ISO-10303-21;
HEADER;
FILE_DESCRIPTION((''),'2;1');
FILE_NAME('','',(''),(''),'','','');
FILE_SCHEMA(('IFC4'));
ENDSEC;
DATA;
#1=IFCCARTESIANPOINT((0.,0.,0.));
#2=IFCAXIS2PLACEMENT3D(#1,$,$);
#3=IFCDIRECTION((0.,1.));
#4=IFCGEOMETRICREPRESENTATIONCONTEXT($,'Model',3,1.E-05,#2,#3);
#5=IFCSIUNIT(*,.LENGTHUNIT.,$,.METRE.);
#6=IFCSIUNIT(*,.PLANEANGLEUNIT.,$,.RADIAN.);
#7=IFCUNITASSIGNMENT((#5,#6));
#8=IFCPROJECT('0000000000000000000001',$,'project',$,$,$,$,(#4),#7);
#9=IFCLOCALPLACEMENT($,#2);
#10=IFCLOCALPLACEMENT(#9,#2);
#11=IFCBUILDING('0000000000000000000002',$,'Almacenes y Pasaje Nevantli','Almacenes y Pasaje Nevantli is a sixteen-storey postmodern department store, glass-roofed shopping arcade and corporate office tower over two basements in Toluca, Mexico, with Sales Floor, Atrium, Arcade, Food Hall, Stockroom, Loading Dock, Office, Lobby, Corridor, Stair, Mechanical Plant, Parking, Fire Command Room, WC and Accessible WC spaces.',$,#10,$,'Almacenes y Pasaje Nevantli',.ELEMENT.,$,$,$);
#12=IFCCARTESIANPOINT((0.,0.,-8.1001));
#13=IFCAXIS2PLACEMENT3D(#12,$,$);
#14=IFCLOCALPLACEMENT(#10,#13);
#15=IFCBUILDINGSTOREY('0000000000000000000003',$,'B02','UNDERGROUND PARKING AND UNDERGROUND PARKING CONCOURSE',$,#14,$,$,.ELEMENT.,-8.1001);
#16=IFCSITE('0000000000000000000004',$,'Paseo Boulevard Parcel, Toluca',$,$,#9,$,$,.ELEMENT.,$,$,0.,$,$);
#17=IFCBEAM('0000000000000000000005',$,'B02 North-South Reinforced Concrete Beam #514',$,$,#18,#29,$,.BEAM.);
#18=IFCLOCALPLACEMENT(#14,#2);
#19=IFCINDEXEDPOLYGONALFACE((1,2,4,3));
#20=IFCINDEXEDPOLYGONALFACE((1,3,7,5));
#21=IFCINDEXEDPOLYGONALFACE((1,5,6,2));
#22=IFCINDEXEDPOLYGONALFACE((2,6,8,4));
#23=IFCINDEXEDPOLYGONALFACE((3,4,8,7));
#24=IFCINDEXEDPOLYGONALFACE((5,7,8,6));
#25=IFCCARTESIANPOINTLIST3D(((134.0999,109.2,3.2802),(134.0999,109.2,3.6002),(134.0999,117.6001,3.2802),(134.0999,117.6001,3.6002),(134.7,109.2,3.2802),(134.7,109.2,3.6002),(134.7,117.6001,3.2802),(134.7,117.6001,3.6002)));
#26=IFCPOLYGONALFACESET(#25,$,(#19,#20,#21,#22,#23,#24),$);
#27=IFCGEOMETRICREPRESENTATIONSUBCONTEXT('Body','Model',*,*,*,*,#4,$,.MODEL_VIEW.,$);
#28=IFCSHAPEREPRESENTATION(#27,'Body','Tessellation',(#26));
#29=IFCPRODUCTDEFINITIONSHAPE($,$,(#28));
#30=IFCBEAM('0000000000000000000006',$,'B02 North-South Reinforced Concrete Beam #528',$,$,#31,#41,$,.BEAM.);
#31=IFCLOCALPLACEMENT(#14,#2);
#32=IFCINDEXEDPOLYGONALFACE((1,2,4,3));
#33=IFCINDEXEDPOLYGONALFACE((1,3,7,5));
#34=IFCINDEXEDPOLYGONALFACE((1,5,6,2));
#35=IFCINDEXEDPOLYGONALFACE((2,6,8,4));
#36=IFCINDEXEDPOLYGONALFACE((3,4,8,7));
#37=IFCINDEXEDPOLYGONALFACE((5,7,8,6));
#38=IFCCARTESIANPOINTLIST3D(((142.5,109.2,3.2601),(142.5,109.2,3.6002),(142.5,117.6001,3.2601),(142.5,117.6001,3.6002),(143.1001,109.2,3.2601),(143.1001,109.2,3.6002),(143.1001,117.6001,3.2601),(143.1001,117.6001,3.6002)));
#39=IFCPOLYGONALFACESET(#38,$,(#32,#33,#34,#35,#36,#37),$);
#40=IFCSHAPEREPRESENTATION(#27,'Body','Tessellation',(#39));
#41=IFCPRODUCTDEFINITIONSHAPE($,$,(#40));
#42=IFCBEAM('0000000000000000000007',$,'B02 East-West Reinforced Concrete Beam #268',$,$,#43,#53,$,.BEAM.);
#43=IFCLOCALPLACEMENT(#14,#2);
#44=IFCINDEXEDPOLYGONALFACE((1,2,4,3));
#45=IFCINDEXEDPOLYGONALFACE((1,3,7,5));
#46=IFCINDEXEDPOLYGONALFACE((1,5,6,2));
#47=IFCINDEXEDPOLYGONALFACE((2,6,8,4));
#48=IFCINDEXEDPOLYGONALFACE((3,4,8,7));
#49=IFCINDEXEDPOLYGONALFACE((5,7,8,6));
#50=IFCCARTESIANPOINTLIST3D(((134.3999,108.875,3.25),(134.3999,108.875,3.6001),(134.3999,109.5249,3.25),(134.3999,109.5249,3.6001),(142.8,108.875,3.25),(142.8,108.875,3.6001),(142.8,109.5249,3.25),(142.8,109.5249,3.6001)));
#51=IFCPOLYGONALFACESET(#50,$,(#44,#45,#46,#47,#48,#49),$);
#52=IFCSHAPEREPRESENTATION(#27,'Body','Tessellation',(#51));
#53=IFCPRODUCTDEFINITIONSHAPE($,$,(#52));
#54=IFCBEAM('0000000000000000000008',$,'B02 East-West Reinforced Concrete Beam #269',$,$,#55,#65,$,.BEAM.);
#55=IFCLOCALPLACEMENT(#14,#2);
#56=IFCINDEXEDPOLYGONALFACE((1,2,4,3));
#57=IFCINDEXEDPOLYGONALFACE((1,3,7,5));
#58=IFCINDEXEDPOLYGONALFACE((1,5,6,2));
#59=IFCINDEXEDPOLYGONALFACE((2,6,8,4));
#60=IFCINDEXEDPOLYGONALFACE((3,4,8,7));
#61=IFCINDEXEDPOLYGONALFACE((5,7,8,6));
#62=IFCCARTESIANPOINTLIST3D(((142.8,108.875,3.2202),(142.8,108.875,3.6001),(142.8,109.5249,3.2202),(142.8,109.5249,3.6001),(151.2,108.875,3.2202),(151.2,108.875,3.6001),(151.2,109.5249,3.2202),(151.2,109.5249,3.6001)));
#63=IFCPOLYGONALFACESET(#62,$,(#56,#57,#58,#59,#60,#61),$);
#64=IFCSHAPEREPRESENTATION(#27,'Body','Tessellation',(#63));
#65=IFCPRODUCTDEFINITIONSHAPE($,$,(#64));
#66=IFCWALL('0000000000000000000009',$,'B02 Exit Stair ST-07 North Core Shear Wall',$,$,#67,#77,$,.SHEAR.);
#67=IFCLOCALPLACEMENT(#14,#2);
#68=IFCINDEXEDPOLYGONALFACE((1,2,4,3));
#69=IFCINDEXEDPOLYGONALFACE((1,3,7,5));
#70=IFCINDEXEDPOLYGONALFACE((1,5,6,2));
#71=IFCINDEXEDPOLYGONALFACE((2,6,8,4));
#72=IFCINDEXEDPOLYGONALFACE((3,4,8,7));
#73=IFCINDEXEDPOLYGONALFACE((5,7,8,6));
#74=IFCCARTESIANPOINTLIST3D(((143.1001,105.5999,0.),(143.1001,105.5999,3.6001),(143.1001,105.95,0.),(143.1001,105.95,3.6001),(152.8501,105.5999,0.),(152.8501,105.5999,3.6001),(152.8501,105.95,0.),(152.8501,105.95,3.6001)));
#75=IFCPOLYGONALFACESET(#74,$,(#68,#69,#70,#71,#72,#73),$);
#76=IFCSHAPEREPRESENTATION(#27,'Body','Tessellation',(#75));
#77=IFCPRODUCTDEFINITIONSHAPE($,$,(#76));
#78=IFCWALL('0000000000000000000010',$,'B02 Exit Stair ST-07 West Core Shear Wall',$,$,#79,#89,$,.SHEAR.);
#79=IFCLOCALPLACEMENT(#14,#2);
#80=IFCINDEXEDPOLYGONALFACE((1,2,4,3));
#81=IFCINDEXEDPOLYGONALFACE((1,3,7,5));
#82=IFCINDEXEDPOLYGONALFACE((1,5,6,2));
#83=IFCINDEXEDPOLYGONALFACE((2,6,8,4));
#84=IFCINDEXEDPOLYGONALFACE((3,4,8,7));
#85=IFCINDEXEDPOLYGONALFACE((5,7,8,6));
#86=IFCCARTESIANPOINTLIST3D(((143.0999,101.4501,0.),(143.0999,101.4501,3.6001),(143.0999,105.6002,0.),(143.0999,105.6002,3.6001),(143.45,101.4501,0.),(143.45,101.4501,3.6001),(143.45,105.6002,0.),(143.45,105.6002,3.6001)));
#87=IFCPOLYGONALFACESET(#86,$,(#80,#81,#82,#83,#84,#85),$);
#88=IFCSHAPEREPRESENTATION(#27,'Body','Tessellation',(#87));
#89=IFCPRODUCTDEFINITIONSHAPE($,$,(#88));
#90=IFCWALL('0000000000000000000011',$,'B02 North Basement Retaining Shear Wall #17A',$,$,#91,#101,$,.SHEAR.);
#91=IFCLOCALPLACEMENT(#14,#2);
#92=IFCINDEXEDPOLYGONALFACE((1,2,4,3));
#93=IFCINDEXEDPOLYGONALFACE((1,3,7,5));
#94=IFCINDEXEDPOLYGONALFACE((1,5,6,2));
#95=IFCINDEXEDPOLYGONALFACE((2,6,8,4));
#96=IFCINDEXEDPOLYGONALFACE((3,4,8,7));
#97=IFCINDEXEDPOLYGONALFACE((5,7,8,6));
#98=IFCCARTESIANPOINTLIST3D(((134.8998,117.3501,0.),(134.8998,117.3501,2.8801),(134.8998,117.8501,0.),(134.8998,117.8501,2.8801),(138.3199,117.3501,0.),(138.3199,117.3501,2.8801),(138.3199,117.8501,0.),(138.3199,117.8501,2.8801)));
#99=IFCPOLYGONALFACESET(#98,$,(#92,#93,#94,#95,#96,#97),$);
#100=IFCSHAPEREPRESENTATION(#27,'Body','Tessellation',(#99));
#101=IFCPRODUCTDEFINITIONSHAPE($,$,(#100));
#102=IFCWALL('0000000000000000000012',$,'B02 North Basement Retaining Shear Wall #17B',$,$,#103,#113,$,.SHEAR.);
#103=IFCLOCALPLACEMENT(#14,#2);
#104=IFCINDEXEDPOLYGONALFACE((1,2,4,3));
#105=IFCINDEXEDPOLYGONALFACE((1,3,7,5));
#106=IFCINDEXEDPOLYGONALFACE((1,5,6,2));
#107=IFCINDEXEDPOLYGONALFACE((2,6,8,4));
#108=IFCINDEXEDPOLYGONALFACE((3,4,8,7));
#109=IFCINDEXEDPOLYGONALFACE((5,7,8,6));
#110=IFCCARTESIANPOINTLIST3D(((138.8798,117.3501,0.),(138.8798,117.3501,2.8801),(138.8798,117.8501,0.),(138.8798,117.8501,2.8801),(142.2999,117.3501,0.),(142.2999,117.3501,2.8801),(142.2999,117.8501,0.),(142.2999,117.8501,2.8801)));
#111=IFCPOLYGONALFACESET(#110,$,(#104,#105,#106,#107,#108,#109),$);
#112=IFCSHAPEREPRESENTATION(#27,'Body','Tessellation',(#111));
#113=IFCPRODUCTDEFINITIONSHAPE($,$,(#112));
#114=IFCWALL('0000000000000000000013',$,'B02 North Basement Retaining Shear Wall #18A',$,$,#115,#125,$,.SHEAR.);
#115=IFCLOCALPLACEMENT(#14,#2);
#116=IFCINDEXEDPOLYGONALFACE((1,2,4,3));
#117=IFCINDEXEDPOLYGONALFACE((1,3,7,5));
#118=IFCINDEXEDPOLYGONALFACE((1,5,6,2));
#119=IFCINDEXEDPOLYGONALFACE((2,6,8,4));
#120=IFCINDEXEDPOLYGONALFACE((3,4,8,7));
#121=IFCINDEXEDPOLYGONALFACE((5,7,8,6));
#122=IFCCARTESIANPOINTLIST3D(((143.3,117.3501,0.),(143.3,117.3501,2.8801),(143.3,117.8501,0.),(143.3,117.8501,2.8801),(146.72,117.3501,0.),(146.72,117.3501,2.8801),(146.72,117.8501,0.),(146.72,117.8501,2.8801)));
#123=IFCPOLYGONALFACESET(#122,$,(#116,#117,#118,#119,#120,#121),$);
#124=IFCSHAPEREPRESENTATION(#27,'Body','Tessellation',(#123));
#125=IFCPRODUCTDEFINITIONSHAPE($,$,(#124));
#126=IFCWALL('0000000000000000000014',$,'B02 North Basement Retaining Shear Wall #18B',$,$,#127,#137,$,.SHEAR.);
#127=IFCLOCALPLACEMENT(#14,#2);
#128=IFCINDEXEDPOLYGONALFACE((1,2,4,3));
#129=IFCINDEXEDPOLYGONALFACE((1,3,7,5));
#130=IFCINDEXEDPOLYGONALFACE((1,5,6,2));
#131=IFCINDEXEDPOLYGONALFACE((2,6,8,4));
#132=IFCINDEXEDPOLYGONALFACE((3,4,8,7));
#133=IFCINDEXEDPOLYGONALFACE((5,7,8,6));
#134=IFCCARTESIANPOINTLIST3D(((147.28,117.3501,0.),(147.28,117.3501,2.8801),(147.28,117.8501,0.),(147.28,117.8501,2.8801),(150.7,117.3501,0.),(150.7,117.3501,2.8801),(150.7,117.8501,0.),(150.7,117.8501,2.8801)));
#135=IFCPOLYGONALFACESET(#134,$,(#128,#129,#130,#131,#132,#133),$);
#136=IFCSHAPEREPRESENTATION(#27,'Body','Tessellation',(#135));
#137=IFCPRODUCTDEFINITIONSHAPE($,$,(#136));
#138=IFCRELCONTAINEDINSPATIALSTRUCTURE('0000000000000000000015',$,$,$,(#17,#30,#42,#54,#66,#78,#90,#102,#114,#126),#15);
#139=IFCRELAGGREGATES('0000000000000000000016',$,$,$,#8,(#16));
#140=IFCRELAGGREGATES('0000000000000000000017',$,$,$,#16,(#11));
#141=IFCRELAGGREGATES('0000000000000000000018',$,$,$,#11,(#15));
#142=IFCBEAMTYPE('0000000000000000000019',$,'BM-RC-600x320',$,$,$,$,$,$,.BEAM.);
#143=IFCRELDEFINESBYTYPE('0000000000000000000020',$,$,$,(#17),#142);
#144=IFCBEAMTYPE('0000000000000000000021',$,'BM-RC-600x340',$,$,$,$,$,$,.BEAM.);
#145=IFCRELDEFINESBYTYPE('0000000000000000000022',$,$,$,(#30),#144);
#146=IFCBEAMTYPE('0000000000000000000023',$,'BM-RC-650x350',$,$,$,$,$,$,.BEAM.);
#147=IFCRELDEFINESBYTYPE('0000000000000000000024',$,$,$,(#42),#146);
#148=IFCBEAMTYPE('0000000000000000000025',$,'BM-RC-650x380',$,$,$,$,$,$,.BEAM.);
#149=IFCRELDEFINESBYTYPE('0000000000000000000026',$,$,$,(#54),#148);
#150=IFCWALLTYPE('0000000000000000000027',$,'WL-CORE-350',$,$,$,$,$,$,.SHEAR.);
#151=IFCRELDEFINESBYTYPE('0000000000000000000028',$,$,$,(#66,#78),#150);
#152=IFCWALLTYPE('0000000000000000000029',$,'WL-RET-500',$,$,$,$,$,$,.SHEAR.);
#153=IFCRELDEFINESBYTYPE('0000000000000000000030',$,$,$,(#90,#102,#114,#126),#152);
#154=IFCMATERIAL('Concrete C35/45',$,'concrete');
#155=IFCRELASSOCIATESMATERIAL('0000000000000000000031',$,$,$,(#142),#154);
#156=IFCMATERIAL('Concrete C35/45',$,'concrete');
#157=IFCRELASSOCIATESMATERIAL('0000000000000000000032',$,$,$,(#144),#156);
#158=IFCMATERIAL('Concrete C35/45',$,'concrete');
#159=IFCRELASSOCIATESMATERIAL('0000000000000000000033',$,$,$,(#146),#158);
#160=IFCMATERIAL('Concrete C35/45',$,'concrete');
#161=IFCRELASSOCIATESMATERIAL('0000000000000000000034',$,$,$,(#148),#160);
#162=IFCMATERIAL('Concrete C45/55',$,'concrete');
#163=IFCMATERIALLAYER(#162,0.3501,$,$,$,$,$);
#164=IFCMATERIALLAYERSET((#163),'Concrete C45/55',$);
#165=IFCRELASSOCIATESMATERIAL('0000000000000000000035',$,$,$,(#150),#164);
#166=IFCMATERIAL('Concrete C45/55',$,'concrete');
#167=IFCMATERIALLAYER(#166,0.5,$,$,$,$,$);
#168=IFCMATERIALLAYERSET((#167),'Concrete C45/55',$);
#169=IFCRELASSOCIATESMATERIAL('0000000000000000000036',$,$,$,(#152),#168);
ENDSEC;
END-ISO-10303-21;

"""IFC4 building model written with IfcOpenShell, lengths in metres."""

from ifc_helpers import new_model, si_unit, direction, frame, frame_2d, origin, origin_2d, place, context, subcontext, project, spatial, rectangle, extrude, material, layer, layer_set, material_profile, profile_set, type_object, element, save


model = new_model("IFC4")

# Units and contexts
model_context = context("Model", 3, precision=1e-05, world=origin(), true_north=direction((0.0, 1.0)))
body_context = subcontext(model_context, "Body", "Model", "MODEL_VIEW")
ifc_project = project(units=[si_unit("LENGTHUNIT", "METRE"), si_unit("PLANEANGLEUNIT", "RADIAN")], contexts=[model_context])

# Site, building, storey
site_placement = place(None, origin())
site = spatial("IfcSite", under=ifc_project, at=site_placement, Name="Paseo Boulevard Parcel, Toluca", CompositionType="ELEMENT", RefElevation=0.0)
building_placement = place(site_placement, origin())
building = spatial("IfcBuilding", under=site, at=building_placement, Name="Almacenes y Pasaje Nevantli", Description="Almacenes y Pasaje Nevantli is a sixteen-storey postmodern department store, glass-roofed shopping arcade and corporate office tower over two basements in Toluca, Mexico, with Sales Floor, Atrium, Arcade, Food Hall, Stockroom, Loading Dock, Office, Lobby, Corridor, Stair, Mechanical Plant, Parking, Fire Command Room, WC and Accessible WC spaces.", LongName="Almacenes y Pasaje Nevantli", CompositionType="ELEMENT")
storey_placement = place(building_placement, frame((0.0, 0.0, -8.1001)))
storey = spatial("IfcBuildingStorey", under=building, at=storey_placement, Name="B02", Description="UNDERGROUND PARKING AND UNDERGROUND PARKING CONCOURSE", CompositionType="ELEMENT", Elevation=-8.1001)

# Beams
ifc_material_1 = material(Name="Concrete C35/45", Category="concrete")
ifc_material_profile_1 = material_profile(ifc_material_1, rectangle(XDim=0.6001, YDim=0.3201, at=origin_2d()), Name="RC-BM-600x320")
ifc_profile_set_1 = profile_set([ifc_material_profile_1], Name="Concrete C35/45")
beam_type_1 = type_object("IfcBeamType", Name="BM-RC-600x320", PredefinedType="BEAM", material=ifc_profile_set_1)
beam_1_placement = place(storey_placement, frame((134.3999, 109.2, 3.4402), z_axis=(0.0, 1.0, 0.0), x_axis=(-1.0, 0.0, 0.0)))
element("IfcBeam", 1, at=beam_1_placement, inside=storey, type_object=beam_type_1, Name="B02 North-South Reinforced Concrete Beam #514", PredefinedType="BEAM", context=body_context, shape_type="SweptSolid", body=[
    extrude(rectangle(XDim=0.6001, YDim=0.3201, at=origin_2d()), origin(), (0.0, 0.0, 1.0), 8.4001),
])
ifc_material_2 = material(Name="Concrete C35/45", Category="concrete")
ifc_material_profile_2 = material_profile(ifc_material_2, rectangle(XDim=0.6001, YDim=0.3401, at=origin_2d()), Name="RC-BM-600x340")
ifc_profile_set_2 = profile_set([ifc_material_profile_2], Name="Concrete C35/45")
beam_type_2 = type_object("IfcBeamType", Name="BM-RC-600x340", PredefinedType="BEAM", material=ifc_profile_set_2)
beam_2_placement = place(storey_placement, frame((142.8, 109.2, 3.4302), z_axis=(0.0, 1.0, 0.0), x_axis=(-1.0, 0.0, 0.0)))
element("IfcBeam", 2, at=beam_2_placement, inside=storey, type_object=beam_type_2, Name="B02 North-South Reinforced Concrete Beam #528", PredefinedType="BEAM", context=body_context, shape_type="SweptSolid", body=[
    extrude(rectangle(XDim=0.6001, YDim=0.3401, at=origin_2d()), origin(), (0.0, 0.0, 1.0), 8.4001),
])
ifc_material_3 = material(Name="Concrete C35/45", Category="concrete")
ifc_material_profile_3 = material_profile(ifc_material_3, rectangle(XDim=0.6499, YDim=0.3501, at=origin_2d()), Name="RC-BM-650x350")
ifc_profile_set_3 = profile_set([ifc_material_profile_3], Name="Concrete C35/45")
beam_type_3 = type_object("IfcBeamType", Name="BM-RC-650x350", PredefinedType="BEAM", material=ifc_profile_set_3)
beam_3_placement = place(storey_placement, frame((134.3999, 109.2, 3.425), z_axis=(1.0, 0.0, 0.0), x_axis=(0.0, 1.0, 0.0)))
element("IfcBeam", 3, at=beam_3_placement, inside=storey, type_object=beam_type_3, Name="B02 East-West Reinforced Concrete Beam #268", PredefinedType="BEAM", context=body_context, shape_type="SweptSolid", body=[
    extrude(rectangle(XDim=0.6499, YDim=0.3501, at=origin_2d()), origin(), (0.0, 0.0, 1.0), 8.4001),
])
ifc_material_4 = material(Name="Concrete C35/45", Category="concrete")
ifc_material_profile_4 = material_profile(ifc_material_4, rectangle(XDim=0.6499, YDim=0.3799, at=origin_2d()), Name="RC-BM-650x380")
ifc_profile_set_4 = profile_set([ifc_material_profile_4], Name="Concrete C35/45")
beam_type_4 = type_object("IfcBeamType", Name="BM-RC-650x380", PredefinedType="BEAM", material=ifc_profile_set_4)
beam_4_placement = place(storey_placement, frame((142.8, 109.2, 3.4102), z_axis=(1.0, 0.0, 0.0), x_axis=(0.0, 1.0, 0.0)))
element("IfcBeam", 4, at=beam_4_placement, inside=storey, type_object=beam_type_4, Name="B02 East-West Reinforced Concrete Beam #269", PredefinedType="BEAM", context=body_context, shape_type="SweptSolid", body=[
    extrude(rectangle(XDim=0.6499, YDim=0.3799, at=origin_2d()), origin(), (0.0, 0.0, 1.0), 8.3999),
])

# Walls
ifc_material_5 = material(Name="Concrete C45/55", Category="concrete")
ifc_layer_1 = layer(ifc_material_5, 0.3501)
ifc_layer_set_1 = layer_set([ifc_layer_1], Name="Concrete C45/55")
wall_type_1 = type_object("IfcWallType", Name="WL-CORE-350", PredefinedType="SHEAR", material=ifc_layer_set_1)
wall_1_placement = place(storey_placement, frame((143.1001, 105.7749, 0.0), z_axis=(0.0, 0.0, 1.0), x_axis=(1.0, 0.0, 0.0)))
element("IfcWall", 5, at=wall_1_placement, inside=storey, type_object=wall_type_1, Name="B02 Exit Stair ST-07 North Core Shear Wall", PredefinedType="SHEAR", context=body_context, shape_type="SweptSolid", body=[
    extrude(rectangle(XDim=9.75, YDim=0.3501, at=frame_2d((4.875, 0.0))), origin(), (0.0, 0.0, 1.0), 3.6001),
])
wall_2_placement = place(storey_placement, frame((143.2749, 101.45, 0.0), z_axis=(0.0, 0.0, 1.0), x_axis=(0.0, 1.0, 0.0)))
element("IfcWall", 6, at=wall_2_placement, inside=storey, type_object=wall_type_1, Name="B02 Exit Stair ST-07 West Core Shear Wall", PredefinedType="SHEAR", context=body_context, shape_type="SweptSolid", body=[
    extrude(rectangle(XDim=4.1501, YDim=0.3501, at=frame_2d((2.0752, 0.0))), origin(), (0.0, 0.0, 1.0), 3.6001),
])
ifc_material_6 = material(Name="Concrete C45/55", Category="concrete")
ifc_layer_2 = layer(ifc_material_6, 0.5)
ifc_layer_set_2 = layer_set([ifc_layer_2], Name="Concrete C45/55")
wall_type_2 = type_object("IfcWallType", Name="WL-RET-500", PredefinedType="SHEAR", material=ifc_layer_set_2)
for number, where, z_axis, x_axis, name in (
    (7, (134.8999, 117.6001, 0.0), (0.0, 0.0, 1.0), (1.0, 0.0, 0.0), "B02 North Basement Retaining Shear Wall #17A"),
    (8, (138.8799, 117.6001, 0.0), (0.0, 0.0, 1.0), (1.0, 0.0, 0.0), "B02 North Basement Retaining Shear Wall #17B"),
):
    element("IfcWall", number, at=place(storey_placement, frame(where, z_axis=z_axis, x_axis=x_axis)), inside=storey, type_object=wall_type_2, Name=name, PredefinedType="SHEAR", context=body_context, shape_type="SweptSolid", body=[
        extrude(rectangle(XDim=3.4202, YDim=0.5, at=frame_2d((1.71, 0.0))), origin(), (0.0, 0.0, 1.0), 2.8801),
    ])
for number, where, z_axis, x_axis, name in (
    (9, (143.3, 117.6001, 0.0), (0.0, 0.0, 1.0), (1.0, 0.0, 0.0), "B02 North Basement Retaining Shear Wall #18A"),
    (10, (147.28, 117.6001, 0.0), (0.0, 0.0, 1.0), (1.0, 0.0, 0.0), "B02 North Basement Retaining Shear Wall #18B"),
):
    element("IfcWall", number, at=place(storey_placement, frame(where, z_axis=z_axis, x_axis=x_axis)), inside=storey, type_object=wall_type_2, Name=name, PredefinedType="SHEAR", context=body_context, shape_type="SweptSolid", body=[
        extrude(rectangle(XDim=3.4199, YDim=0.5, at=frame_2d((1.71, 0.0))), origin(), (0.0, 0.0, 1.0), 2.8801),
    ])

save(model, "model.ifc")
